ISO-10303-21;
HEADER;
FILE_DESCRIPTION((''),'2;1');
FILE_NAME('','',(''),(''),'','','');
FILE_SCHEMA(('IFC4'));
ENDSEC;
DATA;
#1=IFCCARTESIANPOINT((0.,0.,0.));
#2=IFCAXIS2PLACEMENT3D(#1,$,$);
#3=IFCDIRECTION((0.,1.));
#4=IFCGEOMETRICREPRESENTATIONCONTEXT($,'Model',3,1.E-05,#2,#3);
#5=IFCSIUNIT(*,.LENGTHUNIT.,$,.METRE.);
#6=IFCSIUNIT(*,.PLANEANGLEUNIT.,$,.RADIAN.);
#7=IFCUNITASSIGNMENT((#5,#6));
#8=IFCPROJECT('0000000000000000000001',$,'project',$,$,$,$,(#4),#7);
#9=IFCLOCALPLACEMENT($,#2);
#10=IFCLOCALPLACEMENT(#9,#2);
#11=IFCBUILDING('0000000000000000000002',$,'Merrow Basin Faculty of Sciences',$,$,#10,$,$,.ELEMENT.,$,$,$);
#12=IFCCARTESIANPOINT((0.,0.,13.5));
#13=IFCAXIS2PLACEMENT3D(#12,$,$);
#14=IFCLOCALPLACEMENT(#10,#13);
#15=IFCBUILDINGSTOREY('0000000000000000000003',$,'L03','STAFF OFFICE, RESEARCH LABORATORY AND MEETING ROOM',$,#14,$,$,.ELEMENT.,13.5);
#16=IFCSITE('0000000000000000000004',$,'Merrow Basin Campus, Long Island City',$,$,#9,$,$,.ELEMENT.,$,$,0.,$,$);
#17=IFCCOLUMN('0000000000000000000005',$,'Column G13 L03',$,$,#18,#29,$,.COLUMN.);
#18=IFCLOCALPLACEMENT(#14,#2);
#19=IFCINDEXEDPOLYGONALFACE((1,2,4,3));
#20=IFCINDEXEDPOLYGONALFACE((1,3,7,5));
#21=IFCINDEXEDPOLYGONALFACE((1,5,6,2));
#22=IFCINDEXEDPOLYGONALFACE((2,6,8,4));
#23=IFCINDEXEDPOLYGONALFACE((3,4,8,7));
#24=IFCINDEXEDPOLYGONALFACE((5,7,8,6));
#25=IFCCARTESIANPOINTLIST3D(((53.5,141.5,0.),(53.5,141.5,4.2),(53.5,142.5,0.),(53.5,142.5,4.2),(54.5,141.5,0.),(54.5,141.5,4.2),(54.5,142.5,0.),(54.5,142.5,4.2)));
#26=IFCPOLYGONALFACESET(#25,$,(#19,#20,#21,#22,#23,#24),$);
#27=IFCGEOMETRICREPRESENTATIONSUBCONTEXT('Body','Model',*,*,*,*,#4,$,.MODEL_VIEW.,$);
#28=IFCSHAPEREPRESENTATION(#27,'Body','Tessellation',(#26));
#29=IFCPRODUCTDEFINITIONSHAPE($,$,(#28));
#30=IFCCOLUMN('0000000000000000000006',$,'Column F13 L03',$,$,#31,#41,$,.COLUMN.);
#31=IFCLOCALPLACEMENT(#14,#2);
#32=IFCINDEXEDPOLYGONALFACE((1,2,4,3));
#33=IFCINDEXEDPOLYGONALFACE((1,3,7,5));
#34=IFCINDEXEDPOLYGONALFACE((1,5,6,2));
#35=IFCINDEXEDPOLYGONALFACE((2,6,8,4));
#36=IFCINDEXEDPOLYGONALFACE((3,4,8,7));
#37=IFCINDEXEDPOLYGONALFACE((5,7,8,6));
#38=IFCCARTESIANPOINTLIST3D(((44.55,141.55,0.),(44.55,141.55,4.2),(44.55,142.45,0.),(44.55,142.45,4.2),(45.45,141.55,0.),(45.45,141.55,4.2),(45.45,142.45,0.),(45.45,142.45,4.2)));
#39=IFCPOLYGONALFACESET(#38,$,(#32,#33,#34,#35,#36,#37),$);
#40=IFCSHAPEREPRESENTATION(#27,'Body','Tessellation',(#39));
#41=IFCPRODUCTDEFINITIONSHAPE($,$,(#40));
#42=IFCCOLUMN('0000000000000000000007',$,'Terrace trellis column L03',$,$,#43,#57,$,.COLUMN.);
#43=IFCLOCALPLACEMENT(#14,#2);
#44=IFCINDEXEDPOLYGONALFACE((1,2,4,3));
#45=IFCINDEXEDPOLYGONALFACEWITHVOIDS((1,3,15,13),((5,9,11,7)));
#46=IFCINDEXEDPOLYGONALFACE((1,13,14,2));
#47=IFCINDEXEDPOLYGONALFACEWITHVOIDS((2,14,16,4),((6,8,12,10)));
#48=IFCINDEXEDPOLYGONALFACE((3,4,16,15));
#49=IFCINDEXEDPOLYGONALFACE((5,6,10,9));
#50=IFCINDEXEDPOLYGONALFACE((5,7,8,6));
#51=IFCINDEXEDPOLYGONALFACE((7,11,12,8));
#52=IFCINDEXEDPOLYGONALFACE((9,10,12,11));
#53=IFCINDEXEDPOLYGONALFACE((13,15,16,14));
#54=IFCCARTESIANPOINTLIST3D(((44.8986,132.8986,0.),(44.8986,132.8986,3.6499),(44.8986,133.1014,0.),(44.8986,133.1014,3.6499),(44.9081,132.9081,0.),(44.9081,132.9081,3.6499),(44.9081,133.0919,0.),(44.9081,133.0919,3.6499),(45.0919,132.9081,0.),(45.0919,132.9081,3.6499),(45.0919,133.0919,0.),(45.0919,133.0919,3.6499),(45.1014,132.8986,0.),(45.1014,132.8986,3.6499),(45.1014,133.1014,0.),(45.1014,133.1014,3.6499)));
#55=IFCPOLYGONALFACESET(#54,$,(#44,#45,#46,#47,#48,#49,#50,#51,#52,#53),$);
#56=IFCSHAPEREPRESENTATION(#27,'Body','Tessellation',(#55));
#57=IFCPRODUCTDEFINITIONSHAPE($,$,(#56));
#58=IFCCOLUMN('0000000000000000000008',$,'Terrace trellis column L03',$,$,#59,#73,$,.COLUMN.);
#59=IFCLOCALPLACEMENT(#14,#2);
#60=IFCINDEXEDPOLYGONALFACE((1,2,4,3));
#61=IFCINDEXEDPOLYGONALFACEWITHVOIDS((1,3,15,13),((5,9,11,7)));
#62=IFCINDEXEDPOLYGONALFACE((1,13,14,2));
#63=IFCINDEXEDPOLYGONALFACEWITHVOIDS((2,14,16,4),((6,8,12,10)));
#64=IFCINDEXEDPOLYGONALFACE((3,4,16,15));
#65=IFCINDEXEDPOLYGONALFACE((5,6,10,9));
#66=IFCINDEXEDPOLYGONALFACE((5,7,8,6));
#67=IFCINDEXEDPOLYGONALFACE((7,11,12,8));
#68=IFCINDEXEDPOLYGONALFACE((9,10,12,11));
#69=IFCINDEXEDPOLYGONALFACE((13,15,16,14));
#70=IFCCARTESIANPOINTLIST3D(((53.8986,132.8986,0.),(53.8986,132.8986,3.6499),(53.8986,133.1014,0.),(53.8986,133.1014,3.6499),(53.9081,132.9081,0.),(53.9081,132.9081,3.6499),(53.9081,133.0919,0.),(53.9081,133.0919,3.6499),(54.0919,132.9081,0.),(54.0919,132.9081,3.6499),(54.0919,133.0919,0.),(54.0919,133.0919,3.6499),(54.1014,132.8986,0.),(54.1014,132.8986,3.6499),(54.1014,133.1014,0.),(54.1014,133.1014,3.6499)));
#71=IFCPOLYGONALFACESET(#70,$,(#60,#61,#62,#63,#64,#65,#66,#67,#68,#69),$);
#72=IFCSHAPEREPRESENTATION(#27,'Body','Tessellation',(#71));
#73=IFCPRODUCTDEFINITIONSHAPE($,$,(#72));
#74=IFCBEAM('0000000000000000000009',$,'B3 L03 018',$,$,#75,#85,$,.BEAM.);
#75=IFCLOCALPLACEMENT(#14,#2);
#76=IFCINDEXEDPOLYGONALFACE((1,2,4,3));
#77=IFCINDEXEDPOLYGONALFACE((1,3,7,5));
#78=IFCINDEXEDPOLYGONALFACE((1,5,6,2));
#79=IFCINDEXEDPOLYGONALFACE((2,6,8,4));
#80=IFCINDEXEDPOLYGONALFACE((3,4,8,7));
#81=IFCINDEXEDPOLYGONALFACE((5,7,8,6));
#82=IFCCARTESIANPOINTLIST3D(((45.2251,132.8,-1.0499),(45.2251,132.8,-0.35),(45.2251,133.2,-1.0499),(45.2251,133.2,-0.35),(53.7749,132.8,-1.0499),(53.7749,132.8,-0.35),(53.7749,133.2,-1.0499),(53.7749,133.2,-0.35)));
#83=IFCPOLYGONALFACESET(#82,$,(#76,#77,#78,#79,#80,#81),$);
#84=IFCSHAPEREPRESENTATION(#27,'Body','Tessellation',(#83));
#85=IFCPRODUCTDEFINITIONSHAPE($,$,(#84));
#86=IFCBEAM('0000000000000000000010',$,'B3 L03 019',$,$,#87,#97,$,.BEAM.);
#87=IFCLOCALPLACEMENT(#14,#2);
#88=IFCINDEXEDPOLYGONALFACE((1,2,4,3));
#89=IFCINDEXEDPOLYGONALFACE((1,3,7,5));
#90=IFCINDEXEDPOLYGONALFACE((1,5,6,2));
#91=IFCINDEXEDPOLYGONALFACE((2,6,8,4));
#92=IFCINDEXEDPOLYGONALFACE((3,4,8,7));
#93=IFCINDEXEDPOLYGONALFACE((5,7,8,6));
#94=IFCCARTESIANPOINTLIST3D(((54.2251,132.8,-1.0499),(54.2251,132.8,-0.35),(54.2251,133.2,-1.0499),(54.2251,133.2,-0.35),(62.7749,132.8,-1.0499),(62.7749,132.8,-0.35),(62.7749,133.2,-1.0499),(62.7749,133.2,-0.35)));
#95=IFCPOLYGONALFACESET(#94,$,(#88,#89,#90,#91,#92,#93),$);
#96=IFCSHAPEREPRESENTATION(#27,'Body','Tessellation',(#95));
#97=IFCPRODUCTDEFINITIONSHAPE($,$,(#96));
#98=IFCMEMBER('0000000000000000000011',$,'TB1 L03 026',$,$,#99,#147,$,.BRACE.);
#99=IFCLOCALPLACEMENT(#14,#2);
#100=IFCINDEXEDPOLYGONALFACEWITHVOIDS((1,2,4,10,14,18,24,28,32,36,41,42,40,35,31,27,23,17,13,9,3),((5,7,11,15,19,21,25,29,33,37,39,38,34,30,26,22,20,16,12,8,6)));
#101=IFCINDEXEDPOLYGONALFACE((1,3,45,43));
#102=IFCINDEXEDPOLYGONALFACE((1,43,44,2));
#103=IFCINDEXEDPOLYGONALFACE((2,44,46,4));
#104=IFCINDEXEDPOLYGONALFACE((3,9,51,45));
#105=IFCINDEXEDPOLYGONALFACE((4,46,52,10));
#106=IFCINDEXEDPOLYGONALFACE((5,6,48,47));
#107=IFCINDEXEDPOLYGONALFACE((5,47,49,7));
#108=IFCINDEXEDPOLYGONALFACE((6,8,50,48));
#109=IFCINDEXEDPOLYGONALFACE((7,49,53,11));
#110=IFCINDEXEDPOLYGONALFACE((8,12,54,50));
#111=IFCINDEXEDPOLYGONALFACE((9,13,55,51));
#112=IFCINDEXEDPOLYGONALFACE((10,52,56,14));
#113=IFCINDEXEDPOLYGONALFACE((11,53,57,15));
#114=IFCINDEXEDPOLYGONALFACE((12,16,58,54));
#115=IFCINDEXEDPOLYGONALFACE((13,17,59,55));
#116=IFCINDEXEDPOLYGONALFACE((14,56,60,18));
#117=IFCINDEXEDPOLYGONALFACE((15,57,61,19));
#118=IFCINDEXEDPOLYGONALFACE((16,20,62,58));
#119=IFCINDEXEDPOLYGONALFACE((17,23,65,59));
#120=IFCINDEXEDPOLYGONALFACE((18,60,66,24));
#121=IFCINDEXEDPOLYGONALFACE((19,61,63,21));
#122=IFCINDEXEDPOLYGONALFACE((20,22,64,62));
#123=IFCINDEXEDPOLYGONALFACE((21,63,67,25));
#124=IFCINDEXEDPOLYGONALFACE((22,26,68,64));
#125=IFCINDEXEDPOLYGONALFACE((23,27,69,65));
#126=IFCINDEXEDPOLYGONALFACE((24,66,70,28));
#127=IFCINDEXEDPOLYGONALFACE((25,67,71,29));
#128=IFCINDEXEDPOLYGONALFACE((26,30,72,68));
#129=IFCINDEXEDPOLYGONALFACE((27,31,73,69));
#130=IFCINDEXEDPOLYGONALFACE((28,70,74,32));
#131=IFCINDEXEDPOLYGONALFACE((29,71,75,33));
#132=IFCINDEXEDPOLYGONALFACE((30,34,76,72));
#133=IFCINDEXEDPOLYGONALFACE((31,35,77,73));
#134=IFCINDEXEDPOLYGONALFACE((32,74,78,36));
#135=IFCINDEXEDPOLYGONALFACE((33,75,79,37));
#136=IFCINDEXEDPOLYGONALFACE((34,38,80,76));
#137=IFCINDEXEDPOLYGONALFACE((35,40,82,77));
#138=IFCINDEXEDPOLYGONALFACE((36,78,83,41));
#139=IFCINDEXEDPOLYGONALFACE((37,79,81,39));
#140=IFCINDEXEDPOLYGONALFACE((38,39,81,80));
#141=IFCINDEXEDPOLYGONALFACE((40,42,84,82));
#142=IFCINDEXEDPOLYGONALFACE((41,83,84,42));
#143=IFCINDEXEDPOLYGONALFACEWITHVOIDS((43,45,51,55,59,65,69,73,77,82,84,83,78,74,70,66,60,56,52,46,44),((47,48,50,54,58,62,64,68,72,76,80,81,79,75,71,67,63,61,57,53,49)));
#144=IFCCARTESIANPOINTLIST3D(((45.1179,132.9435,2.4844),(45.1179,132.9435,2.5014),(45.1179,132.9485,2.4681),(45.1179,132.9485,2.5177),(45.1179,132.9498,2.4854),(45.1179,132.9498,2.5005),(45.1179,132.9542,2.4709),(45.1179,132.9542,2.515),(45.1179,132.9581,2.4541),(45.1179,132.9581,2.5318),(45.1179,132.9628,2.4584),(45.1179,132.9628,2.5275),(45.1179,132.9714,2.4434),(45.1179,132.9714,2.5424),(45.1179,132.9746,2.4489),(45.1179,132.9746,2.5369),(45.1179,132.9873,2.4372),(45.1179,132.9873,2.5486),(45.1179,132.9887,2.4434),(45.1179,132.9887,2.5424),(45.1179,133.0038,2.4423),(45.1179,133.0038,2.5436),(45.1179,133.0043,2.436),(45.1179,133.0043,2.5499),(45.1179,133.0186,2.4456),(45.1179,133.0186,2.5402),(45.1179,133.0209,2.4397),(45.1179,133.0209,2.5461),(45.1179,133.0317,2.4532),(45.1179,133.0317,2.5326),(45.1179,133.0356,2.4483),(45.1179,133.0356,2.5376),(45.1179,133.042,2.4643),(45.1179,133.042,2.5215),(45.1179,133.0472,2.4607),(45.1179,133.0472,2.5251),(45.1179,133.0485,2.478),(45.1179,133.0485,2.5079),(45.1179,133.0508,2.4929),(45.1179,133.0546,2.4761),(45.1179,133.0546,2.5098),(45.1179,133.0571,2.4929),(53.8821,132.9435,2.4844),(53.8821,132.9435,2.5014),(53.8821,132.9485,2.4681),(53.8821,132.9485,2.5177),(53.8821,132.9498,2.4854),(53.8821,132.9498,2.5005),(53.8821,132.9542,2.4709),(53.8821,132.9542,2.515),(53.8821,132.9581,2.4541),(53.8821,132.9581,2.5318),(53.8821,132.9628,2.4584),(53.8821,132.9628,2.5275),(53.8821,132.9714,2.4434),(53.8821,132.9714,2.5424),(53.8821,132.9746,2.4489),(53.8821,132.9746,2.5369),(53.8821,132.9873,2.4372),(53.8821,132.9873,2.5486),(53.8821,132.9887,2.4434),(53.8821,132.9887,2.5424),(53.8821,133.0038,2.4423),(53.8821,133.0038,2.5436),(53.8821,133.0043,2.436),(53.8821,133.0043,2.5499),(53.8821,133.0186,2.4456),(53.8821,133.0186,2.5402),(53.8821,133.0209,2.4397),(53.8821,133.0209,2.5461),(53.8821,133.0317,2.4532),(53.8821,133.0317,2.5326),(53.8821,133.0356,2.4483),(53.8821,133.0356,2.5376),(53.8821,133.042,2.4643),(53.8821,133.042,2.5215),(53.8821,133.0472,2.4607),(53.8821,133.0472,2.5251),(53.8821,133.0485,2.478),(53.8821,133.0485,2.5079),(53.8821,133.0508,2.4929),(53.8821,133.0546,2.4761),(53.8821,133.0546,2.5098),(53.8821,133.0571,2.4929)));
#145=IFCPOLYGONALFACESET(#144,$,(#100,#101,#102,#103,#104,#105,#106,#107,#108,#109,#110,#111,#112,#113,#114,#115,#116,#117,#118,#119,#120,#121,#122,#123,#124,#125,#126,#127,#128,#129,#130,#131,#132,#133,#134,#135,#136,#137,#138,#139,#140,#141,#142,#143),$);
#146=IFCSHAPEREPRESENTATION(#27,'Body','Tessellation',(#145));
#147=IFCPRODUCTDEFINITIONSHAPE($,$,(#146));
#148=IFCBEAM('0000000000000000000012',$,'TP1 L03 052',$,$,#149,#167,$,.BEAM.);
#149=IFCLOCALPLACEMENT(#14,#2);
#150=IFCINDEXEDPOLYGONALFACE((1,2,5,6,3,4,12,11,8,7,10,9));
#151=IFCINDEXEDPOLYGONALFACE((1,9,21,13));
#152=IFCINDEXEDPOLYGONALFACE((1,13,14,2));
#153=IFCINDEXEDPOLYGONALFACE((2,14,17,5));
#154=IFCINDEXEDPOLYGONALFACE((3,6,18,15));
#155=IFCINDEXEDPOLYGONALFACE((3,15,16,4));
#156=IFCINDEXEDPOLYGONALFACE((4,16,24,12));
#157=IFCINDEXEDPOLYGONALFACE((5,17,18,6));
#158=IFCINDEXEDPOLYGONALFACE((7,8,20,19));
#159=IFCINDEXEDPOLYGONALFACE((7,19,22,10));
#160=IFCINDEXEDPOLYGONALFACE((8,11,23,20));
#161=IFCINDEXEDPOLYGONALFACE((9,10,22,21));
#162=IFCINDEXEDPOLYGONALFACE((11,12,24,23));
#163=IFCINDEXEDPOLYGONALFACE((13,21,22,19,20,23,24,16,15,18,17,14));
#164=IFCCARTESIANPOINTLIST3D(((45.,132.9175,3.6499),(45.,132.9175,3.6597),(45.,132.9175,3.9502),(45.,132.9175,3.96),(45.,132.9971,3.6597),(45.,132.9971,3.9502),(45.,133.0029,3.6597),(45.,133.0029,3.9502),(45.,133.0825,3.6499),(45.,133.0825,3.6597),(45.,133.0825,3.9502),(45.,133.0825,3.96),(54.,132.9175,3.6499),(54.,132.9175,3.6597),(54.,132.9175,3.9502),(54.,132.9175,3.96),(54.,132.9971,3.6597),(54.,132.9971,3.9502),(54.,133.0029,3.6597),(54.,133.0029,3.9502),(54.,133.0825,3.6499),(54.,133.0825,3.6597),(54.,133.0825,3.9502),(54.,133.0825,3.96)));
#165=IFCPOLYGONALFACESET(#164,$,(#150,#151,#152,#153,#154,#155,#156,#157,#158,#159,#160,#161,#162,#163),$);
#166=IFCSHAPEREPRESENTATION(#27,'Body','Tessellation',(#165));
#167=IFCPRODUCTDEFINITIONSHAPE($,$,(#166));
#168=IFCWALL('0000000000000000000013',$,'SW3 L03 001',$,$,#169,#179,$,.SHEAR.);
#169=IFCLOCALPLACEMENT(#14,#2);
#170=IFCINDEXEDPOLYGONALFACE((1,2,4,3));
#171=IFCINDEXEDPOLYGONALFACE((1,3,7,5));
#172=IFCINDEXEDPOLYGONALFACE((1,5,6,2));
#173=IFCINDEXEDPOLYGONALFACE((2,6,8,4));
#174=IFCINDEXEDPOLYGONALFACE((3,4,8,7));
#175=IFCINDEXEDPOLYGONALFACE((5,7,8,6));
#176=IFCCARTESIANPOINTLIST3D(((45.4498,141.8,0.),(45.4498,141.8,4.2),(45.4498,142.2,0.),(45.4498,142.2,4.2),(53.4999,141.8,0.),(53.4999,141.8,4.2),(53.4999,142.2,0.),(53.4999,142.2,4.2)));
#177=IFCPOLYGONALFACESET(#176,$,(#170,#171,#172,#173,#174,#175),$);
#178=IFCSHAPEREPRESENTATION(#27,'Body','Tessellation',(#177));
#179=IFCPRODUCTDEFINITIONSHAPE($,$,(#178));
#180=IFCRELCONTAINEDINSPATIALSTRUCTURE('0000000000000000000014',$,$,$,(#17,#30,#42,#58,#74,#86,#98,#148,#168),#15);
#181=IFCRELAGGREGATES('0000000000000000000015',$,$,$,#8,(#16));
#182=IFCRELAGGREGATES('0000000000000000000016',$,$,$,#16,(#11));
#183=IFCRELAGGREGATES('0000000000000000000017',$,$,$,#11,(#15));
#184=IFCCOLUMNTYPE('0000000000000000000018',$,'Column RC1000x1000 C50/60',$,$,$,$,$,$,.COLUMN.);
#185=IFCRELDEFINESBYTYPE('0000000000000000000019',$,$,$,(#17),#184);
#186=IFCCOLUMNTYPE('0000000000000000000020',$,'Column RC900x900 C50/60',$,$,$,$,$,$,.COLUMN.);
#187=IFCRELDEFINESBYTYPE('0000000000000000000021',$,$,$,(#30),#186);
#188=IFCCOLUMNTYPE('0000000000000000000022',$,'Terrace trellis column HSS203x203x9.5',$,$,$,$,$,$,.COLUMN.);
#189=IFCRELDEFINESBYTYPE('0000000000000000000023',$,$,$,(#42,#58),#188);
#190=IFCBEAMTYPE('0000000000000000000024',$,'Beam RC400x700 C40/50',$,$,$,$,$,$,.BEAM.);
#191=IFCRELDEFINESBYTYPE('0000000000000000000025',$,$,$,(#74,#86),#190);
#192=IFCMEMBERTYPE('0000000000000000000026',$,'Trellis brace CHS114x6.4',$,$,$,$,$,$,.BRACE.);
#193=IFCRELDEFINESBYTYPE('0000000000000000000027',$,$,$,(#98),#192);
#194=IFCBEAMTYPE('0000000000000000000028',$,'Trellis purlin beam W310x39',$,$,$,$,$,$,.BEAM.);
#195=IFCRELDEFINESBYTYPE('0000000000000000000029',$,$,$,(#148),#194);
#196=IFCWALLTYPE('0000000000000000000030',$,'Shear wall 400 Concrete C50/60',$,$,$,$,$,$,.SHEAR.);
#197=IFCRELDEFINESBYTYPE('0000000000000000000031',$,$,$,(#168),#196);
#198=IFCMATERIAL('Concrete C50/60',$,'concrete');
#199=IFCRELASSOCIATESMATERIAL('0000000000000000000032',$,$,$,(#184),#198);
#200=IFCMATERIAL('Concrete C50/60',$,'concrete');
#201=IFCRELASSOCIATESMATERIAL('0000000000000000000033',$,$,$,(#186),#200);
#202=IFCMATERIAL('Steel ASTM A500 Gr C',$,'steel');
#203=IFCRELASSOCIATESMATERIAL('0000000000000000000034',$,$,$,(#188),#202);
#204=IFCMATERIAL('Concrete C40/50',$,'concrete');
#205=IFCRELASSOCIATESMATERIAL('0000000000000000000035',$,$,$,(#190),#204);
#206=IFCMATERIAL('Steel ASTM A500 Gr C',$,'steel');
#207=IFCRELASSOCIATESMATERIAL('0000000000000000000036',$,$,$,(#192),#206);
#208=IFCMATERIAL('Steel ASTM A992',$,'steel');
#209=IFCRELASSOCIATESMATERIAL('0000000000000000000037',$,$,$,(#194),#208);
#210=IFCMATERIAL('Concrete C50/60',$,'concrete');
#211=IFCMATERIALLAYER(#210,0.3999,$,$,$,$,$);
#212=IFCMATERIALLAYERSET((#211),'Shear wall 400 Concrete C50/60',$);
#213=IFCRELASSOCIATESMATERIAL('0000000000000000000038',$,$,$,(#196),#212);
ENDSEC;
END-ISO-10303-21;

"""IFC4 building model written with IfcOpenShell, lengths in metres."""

from ifc_helpers import new_model, si_unit, direction, frame, frame_2d, origin, origin_2d, place, context, subcontext, project, spatial, rectangle, hollow_rectangle, hollow_circle, i_section, extrude, material, layer, layer_set, material_profile, profile_set, type_object, element, save


model = new_model("IFC4")

# Units and contexts
model_context = context("Model", 3, precision=1e-05, world=origin(), true_north=direction((0.0, 1.0)))
body_context = subcontext(model_context, "Body", "Model", "MODEL_VIEW")
ifc_project = project(units=[si_unit("LENGTHUNIT", "METRE"), si_unit("PLANEANGLEUNIT", "RADIAN")], contexts=[model_context])

# Site, building, storey
site_placement = place(None, origin())
site = spatial("IfcSite", under=ifc_project, at=site_placement, Name="Merrow Basin Campus, Long Island City", CompositionType="ELEMENT", RefElevation=0.0)
building_placement = place(site_placement, origin())
building = spatial("IfcBuilding", under=site, at=building_placement, Name="Merrow Basin Faculty of Sciences", CompositionType="ELEMENT")
storey_placement = place(building_placement, frame((0.0, 0.0, 13.5)))
storey = spatial("IfcBuildingStorey", under=building, at=storey_placement, Name="L03", Description="STAFF OFFICE, RESEARCH LABORATORY AND MEETING ROOM", CompositionType="ELEMENT", Elevation=13.5)

# Columns
ifc_material_1 = material(Name="Concrete C50/60", Category="concrete")
ifc_material_profile_1 = material_profile(ifc_material_1, rectangle(XDim=1.0, YDim=1.0, at=origin_2d()))
ifc_profile_set_1 = profile_set([ifc_material_profile_1], Name="Concrete C50/60")
column_type_1 = type_object("IfcColumnType", Name="Column RC1000x1000 C50/60", PredefinedType="COLUMN", material=ifc_profile_set_1)
column_1_placement = place(storey_placement, frame((54.0, 142.0, 0.0), z_axis=(0.0, 0.0, 1.0), x_axis=(1.0, 0.0, 0.0)))
element("IfcColumn", 1, at=column_1_placement, inside=storey, type_object=column_type_1, Name="Column G13 L03", PredefinedType="COLUMN", context=body_context, shape_type="SweptSolid", body=[
    extrude(rectangle(XDim=1.0, YDim=1.0, at=origin_2d()), origin(), (0.0, 0.0, 1.0), 4.2),
])
ifc_material_2 = material(Name="Concrete C50/60", Category="concrete")
ifc_material_profile_2 = material_profile(ifc_material_2, rectangle(XDim=0.8999, YDim=0.8999, at=origin_2d()))
ifc_profile_set_2 = profile_set([ifc_material_profile_2], Name="Concrete C50/60")
column_type_2 = type_object("IfcColumnType", Name="Column RC900x900 C50/60", PredefinedType="COLUMN", material=ifc_profile_set_2)
column_2_placement = place(storey_placement, frame((45.0, 142.0, 0.0), z_axis=(0.0, 0.0, 1.0), x_axis=(1.0, 0.0, 0.0)))
element("IfcColumn", 2, at=column_2_placement, inside=storey, type_object=column_type_2, Name="Column F13 L03", PredefinedType="COLUMN", context=body_context, shape_type="SweptSolid", body=[
    extrude(rectangle(XDim=0.8999, YDim=0.8999, at=origin_2d()), origin(), (0.0, 0.0, 1.0), 4.2),
])
ifc_material_3 = material(Name="Steel ASTM A500 Gr C", Category="steel")
ifc_material_profile_3 = material_profile(ifc_material_3, hollow_rectangle(XDim=0.2029, YDim=0.2029, WallThickness=0.0095, at=origin_2d()))
ifc_profile_set_3 = profile_set([ifc_material_profile_3], Name="Steel ASTM A500 Gr C")
column_type_3 = type_object("IfcColumnType", Name="Terrace trellis column HSS203x203x9.5", PredefinedType="COLUMN", material=ifc_profile_set_3)
for number, where, z_axis, x_axis, name in (
    (3, (45.0, 133.0, 0.0), (0.0, 0.0, 1.0), (1.0, 0.0, 0.0), "Terrace trellis column L03"),
    (4, (54.0, 133.0, 0.0), (0.0, 0.0, 1.0), (1.0, 0.0, 0.0), "Terrace trellis column L03"),
):
    element("IfcColumn", number, at=place(storey_placement, frame(where, z_axis=z_axis, x_axis=x_axis)), inside=storey, type_object=column_type_3, Name=name, PredefinedType="COLUMN", context=body_context, shape_type="SweptSolid", body=[
        extrude(hollow_rectangle(XDim=0.2029, YDim=0.2029, WallThickness=0.0095, at=origin_2d()), origin(), (0.0, 0.0, 1.0), 3.6499),
    ])

# Beams
ifc_material_4 = material(Name="Concrete C40/50", Category="concrete")
ifc_material_profile_4 = material_profile(ifc_material_4, rectangle(XDim=0.3999, YDim=0.7, at=origin_2d()))
ifc_profile_set_4 = profile_set([ifc_material_profile_4], Name="Concrete C40/50")
beam_type_1 = type_object("IfcBeamType", Name="Beam RC400x700 C40/50", PredefinedType="BEAM", material=ifc_profile_set_4)
for number, where, z_axis, x_axis, name in (
    (5, (45.2251, 133.0, -0.7), (1.0, 0.0, 0.0), (0.0, 1.0, 0.0), "B3 L03 018"),
    (6, (54.2251, 133.0, -0.7), (1.0, 0.0, 0.0), (0.0, 1.0, 0.0), "B3 L03 019"),
):
    element("IfcBeam", number, at=place(storey_placement, frame(where, z_axis=z_axis, x_axis=x_axis)), inside=storey, type_object=beam_type_1, Name=name, PredefinedType="BEAM", context=body_context, shape_type="SweptSolid", body=[
        extrude(rectangle(XDim=0.3999, YDim=0.7, at=origin_2d()), origin(), (0.0, 0.0, 1.0), 8.5498),
    ])

# Member
ifc_material_5 = material(Name="Steel ASTM A500 Gr C", Category="steel")
ifc_material_profile_5 = material_profile(ifc_material_5, hollow_circle(Radius=0.0571, WallThickness=0.0063, at=origin_2d()))
ifc_profile_set_5 = profile_set([ifc_material_profile_5], Name="Steel ASTM A500 Gr C")
member_type = type_object("IfcMemberType", Name="Trellis brace CHS114x6.4", PredefinedType="BRACE", material=ifc_profile_set_5)
member_placement = place(storey_placement, frame((45.1179, 133.0, 2.4929), z_axis=(1.0, 0.0, 0.0), x_axis=(0.0, 1.0, 0.0)))
element("IfcMember", 7, at=member_placement, inside=storey, type_object=member_type, Name="TB1 L03 026", PredefinedType="BRACE", context=body_context, shape_type="SweptSolid", body=[
    extrude(hollow_circle(Radius=0.0571, WallThickness=0.0063, at=origin_2d()), origin(), (0.0, 0.0, 1.0), 8.7642),
])

# Beam
ifc_material_6 = material(Name="Steel ASTM A992", Category="steel")
ifc_material_profile_6 = material_profile(ifc_material_6, i_section(OverallWidth=0.165, OverallDepth=0.3101, WebThickness=0.0059, FlangeThickness=0.0098, at=origin_2d()))
ifc_profile_set_6 = profile_set([ifc_material_profile_6], Name="Steel ASTM A992")
beam_type_2 = type_object("IfcBeamType", Name="Trellis purlin beam W310x39", PredefinedType="BEAM", material=ifc_profile_set_6)
beam_placement = place(storey_placement, frame((45.0, 133.0, 3.8049), z_axis=(1.0, 0.0, 0.0), x_axis=(0.0, 1.0, 0.0)))
element("IfcBeam", 8, at=beam_placement, inside=storey, type_object=beam_type_2, Name="TP1 L03 052", PredefinedType="BEAM", context=body_context, shape_type="SweptSolid", body=[
    extrude(i_section(OverallWidth=0.165, OverallDepth=0.3101, WebThickness=0.0059, FlangeThickness=0.0098, at=origin_2d()), origin(), (0.0, 0.0, 1.0), 9.0),
])

# Wall
ifc_material_7 = material(Name="Concrete C50/60", Category="concrete")
ifc_layer_1 = layer(ifc_material_7, 0.3999)
ifc_layer_set_1 = layer_set([ifc_layer_1], Name="Shear wall 400 Concrete C50/60")
wall_type = type_object("IfcWallType", Name="Shear wall 400 Concrete C50/60", PredefinedType="SHEAR", material=ifc_layer_set_1)
wall_placement = place(storey_placement, frame((45.45, 142.0, 0.0), z_axis=(0.0, 0.0, 1.0), x_axis=(1.0, 0.0, 0.0)))
element("IfcWall", 9, at=wall_placement, inside=storey, type_object=wall_type, Name="SW3 L03 001", PredefinedType="SHEAR", context=body_context, shape_type="SweptSolid", body=[
    extrude(rectangle(XDim=8.05, YDim=0.3999, at=frame_2d((4.0249, 0.0))), origin(), (0.0, 0.0, 1.0), 4.2),
])

save(model, "model.ifc")
